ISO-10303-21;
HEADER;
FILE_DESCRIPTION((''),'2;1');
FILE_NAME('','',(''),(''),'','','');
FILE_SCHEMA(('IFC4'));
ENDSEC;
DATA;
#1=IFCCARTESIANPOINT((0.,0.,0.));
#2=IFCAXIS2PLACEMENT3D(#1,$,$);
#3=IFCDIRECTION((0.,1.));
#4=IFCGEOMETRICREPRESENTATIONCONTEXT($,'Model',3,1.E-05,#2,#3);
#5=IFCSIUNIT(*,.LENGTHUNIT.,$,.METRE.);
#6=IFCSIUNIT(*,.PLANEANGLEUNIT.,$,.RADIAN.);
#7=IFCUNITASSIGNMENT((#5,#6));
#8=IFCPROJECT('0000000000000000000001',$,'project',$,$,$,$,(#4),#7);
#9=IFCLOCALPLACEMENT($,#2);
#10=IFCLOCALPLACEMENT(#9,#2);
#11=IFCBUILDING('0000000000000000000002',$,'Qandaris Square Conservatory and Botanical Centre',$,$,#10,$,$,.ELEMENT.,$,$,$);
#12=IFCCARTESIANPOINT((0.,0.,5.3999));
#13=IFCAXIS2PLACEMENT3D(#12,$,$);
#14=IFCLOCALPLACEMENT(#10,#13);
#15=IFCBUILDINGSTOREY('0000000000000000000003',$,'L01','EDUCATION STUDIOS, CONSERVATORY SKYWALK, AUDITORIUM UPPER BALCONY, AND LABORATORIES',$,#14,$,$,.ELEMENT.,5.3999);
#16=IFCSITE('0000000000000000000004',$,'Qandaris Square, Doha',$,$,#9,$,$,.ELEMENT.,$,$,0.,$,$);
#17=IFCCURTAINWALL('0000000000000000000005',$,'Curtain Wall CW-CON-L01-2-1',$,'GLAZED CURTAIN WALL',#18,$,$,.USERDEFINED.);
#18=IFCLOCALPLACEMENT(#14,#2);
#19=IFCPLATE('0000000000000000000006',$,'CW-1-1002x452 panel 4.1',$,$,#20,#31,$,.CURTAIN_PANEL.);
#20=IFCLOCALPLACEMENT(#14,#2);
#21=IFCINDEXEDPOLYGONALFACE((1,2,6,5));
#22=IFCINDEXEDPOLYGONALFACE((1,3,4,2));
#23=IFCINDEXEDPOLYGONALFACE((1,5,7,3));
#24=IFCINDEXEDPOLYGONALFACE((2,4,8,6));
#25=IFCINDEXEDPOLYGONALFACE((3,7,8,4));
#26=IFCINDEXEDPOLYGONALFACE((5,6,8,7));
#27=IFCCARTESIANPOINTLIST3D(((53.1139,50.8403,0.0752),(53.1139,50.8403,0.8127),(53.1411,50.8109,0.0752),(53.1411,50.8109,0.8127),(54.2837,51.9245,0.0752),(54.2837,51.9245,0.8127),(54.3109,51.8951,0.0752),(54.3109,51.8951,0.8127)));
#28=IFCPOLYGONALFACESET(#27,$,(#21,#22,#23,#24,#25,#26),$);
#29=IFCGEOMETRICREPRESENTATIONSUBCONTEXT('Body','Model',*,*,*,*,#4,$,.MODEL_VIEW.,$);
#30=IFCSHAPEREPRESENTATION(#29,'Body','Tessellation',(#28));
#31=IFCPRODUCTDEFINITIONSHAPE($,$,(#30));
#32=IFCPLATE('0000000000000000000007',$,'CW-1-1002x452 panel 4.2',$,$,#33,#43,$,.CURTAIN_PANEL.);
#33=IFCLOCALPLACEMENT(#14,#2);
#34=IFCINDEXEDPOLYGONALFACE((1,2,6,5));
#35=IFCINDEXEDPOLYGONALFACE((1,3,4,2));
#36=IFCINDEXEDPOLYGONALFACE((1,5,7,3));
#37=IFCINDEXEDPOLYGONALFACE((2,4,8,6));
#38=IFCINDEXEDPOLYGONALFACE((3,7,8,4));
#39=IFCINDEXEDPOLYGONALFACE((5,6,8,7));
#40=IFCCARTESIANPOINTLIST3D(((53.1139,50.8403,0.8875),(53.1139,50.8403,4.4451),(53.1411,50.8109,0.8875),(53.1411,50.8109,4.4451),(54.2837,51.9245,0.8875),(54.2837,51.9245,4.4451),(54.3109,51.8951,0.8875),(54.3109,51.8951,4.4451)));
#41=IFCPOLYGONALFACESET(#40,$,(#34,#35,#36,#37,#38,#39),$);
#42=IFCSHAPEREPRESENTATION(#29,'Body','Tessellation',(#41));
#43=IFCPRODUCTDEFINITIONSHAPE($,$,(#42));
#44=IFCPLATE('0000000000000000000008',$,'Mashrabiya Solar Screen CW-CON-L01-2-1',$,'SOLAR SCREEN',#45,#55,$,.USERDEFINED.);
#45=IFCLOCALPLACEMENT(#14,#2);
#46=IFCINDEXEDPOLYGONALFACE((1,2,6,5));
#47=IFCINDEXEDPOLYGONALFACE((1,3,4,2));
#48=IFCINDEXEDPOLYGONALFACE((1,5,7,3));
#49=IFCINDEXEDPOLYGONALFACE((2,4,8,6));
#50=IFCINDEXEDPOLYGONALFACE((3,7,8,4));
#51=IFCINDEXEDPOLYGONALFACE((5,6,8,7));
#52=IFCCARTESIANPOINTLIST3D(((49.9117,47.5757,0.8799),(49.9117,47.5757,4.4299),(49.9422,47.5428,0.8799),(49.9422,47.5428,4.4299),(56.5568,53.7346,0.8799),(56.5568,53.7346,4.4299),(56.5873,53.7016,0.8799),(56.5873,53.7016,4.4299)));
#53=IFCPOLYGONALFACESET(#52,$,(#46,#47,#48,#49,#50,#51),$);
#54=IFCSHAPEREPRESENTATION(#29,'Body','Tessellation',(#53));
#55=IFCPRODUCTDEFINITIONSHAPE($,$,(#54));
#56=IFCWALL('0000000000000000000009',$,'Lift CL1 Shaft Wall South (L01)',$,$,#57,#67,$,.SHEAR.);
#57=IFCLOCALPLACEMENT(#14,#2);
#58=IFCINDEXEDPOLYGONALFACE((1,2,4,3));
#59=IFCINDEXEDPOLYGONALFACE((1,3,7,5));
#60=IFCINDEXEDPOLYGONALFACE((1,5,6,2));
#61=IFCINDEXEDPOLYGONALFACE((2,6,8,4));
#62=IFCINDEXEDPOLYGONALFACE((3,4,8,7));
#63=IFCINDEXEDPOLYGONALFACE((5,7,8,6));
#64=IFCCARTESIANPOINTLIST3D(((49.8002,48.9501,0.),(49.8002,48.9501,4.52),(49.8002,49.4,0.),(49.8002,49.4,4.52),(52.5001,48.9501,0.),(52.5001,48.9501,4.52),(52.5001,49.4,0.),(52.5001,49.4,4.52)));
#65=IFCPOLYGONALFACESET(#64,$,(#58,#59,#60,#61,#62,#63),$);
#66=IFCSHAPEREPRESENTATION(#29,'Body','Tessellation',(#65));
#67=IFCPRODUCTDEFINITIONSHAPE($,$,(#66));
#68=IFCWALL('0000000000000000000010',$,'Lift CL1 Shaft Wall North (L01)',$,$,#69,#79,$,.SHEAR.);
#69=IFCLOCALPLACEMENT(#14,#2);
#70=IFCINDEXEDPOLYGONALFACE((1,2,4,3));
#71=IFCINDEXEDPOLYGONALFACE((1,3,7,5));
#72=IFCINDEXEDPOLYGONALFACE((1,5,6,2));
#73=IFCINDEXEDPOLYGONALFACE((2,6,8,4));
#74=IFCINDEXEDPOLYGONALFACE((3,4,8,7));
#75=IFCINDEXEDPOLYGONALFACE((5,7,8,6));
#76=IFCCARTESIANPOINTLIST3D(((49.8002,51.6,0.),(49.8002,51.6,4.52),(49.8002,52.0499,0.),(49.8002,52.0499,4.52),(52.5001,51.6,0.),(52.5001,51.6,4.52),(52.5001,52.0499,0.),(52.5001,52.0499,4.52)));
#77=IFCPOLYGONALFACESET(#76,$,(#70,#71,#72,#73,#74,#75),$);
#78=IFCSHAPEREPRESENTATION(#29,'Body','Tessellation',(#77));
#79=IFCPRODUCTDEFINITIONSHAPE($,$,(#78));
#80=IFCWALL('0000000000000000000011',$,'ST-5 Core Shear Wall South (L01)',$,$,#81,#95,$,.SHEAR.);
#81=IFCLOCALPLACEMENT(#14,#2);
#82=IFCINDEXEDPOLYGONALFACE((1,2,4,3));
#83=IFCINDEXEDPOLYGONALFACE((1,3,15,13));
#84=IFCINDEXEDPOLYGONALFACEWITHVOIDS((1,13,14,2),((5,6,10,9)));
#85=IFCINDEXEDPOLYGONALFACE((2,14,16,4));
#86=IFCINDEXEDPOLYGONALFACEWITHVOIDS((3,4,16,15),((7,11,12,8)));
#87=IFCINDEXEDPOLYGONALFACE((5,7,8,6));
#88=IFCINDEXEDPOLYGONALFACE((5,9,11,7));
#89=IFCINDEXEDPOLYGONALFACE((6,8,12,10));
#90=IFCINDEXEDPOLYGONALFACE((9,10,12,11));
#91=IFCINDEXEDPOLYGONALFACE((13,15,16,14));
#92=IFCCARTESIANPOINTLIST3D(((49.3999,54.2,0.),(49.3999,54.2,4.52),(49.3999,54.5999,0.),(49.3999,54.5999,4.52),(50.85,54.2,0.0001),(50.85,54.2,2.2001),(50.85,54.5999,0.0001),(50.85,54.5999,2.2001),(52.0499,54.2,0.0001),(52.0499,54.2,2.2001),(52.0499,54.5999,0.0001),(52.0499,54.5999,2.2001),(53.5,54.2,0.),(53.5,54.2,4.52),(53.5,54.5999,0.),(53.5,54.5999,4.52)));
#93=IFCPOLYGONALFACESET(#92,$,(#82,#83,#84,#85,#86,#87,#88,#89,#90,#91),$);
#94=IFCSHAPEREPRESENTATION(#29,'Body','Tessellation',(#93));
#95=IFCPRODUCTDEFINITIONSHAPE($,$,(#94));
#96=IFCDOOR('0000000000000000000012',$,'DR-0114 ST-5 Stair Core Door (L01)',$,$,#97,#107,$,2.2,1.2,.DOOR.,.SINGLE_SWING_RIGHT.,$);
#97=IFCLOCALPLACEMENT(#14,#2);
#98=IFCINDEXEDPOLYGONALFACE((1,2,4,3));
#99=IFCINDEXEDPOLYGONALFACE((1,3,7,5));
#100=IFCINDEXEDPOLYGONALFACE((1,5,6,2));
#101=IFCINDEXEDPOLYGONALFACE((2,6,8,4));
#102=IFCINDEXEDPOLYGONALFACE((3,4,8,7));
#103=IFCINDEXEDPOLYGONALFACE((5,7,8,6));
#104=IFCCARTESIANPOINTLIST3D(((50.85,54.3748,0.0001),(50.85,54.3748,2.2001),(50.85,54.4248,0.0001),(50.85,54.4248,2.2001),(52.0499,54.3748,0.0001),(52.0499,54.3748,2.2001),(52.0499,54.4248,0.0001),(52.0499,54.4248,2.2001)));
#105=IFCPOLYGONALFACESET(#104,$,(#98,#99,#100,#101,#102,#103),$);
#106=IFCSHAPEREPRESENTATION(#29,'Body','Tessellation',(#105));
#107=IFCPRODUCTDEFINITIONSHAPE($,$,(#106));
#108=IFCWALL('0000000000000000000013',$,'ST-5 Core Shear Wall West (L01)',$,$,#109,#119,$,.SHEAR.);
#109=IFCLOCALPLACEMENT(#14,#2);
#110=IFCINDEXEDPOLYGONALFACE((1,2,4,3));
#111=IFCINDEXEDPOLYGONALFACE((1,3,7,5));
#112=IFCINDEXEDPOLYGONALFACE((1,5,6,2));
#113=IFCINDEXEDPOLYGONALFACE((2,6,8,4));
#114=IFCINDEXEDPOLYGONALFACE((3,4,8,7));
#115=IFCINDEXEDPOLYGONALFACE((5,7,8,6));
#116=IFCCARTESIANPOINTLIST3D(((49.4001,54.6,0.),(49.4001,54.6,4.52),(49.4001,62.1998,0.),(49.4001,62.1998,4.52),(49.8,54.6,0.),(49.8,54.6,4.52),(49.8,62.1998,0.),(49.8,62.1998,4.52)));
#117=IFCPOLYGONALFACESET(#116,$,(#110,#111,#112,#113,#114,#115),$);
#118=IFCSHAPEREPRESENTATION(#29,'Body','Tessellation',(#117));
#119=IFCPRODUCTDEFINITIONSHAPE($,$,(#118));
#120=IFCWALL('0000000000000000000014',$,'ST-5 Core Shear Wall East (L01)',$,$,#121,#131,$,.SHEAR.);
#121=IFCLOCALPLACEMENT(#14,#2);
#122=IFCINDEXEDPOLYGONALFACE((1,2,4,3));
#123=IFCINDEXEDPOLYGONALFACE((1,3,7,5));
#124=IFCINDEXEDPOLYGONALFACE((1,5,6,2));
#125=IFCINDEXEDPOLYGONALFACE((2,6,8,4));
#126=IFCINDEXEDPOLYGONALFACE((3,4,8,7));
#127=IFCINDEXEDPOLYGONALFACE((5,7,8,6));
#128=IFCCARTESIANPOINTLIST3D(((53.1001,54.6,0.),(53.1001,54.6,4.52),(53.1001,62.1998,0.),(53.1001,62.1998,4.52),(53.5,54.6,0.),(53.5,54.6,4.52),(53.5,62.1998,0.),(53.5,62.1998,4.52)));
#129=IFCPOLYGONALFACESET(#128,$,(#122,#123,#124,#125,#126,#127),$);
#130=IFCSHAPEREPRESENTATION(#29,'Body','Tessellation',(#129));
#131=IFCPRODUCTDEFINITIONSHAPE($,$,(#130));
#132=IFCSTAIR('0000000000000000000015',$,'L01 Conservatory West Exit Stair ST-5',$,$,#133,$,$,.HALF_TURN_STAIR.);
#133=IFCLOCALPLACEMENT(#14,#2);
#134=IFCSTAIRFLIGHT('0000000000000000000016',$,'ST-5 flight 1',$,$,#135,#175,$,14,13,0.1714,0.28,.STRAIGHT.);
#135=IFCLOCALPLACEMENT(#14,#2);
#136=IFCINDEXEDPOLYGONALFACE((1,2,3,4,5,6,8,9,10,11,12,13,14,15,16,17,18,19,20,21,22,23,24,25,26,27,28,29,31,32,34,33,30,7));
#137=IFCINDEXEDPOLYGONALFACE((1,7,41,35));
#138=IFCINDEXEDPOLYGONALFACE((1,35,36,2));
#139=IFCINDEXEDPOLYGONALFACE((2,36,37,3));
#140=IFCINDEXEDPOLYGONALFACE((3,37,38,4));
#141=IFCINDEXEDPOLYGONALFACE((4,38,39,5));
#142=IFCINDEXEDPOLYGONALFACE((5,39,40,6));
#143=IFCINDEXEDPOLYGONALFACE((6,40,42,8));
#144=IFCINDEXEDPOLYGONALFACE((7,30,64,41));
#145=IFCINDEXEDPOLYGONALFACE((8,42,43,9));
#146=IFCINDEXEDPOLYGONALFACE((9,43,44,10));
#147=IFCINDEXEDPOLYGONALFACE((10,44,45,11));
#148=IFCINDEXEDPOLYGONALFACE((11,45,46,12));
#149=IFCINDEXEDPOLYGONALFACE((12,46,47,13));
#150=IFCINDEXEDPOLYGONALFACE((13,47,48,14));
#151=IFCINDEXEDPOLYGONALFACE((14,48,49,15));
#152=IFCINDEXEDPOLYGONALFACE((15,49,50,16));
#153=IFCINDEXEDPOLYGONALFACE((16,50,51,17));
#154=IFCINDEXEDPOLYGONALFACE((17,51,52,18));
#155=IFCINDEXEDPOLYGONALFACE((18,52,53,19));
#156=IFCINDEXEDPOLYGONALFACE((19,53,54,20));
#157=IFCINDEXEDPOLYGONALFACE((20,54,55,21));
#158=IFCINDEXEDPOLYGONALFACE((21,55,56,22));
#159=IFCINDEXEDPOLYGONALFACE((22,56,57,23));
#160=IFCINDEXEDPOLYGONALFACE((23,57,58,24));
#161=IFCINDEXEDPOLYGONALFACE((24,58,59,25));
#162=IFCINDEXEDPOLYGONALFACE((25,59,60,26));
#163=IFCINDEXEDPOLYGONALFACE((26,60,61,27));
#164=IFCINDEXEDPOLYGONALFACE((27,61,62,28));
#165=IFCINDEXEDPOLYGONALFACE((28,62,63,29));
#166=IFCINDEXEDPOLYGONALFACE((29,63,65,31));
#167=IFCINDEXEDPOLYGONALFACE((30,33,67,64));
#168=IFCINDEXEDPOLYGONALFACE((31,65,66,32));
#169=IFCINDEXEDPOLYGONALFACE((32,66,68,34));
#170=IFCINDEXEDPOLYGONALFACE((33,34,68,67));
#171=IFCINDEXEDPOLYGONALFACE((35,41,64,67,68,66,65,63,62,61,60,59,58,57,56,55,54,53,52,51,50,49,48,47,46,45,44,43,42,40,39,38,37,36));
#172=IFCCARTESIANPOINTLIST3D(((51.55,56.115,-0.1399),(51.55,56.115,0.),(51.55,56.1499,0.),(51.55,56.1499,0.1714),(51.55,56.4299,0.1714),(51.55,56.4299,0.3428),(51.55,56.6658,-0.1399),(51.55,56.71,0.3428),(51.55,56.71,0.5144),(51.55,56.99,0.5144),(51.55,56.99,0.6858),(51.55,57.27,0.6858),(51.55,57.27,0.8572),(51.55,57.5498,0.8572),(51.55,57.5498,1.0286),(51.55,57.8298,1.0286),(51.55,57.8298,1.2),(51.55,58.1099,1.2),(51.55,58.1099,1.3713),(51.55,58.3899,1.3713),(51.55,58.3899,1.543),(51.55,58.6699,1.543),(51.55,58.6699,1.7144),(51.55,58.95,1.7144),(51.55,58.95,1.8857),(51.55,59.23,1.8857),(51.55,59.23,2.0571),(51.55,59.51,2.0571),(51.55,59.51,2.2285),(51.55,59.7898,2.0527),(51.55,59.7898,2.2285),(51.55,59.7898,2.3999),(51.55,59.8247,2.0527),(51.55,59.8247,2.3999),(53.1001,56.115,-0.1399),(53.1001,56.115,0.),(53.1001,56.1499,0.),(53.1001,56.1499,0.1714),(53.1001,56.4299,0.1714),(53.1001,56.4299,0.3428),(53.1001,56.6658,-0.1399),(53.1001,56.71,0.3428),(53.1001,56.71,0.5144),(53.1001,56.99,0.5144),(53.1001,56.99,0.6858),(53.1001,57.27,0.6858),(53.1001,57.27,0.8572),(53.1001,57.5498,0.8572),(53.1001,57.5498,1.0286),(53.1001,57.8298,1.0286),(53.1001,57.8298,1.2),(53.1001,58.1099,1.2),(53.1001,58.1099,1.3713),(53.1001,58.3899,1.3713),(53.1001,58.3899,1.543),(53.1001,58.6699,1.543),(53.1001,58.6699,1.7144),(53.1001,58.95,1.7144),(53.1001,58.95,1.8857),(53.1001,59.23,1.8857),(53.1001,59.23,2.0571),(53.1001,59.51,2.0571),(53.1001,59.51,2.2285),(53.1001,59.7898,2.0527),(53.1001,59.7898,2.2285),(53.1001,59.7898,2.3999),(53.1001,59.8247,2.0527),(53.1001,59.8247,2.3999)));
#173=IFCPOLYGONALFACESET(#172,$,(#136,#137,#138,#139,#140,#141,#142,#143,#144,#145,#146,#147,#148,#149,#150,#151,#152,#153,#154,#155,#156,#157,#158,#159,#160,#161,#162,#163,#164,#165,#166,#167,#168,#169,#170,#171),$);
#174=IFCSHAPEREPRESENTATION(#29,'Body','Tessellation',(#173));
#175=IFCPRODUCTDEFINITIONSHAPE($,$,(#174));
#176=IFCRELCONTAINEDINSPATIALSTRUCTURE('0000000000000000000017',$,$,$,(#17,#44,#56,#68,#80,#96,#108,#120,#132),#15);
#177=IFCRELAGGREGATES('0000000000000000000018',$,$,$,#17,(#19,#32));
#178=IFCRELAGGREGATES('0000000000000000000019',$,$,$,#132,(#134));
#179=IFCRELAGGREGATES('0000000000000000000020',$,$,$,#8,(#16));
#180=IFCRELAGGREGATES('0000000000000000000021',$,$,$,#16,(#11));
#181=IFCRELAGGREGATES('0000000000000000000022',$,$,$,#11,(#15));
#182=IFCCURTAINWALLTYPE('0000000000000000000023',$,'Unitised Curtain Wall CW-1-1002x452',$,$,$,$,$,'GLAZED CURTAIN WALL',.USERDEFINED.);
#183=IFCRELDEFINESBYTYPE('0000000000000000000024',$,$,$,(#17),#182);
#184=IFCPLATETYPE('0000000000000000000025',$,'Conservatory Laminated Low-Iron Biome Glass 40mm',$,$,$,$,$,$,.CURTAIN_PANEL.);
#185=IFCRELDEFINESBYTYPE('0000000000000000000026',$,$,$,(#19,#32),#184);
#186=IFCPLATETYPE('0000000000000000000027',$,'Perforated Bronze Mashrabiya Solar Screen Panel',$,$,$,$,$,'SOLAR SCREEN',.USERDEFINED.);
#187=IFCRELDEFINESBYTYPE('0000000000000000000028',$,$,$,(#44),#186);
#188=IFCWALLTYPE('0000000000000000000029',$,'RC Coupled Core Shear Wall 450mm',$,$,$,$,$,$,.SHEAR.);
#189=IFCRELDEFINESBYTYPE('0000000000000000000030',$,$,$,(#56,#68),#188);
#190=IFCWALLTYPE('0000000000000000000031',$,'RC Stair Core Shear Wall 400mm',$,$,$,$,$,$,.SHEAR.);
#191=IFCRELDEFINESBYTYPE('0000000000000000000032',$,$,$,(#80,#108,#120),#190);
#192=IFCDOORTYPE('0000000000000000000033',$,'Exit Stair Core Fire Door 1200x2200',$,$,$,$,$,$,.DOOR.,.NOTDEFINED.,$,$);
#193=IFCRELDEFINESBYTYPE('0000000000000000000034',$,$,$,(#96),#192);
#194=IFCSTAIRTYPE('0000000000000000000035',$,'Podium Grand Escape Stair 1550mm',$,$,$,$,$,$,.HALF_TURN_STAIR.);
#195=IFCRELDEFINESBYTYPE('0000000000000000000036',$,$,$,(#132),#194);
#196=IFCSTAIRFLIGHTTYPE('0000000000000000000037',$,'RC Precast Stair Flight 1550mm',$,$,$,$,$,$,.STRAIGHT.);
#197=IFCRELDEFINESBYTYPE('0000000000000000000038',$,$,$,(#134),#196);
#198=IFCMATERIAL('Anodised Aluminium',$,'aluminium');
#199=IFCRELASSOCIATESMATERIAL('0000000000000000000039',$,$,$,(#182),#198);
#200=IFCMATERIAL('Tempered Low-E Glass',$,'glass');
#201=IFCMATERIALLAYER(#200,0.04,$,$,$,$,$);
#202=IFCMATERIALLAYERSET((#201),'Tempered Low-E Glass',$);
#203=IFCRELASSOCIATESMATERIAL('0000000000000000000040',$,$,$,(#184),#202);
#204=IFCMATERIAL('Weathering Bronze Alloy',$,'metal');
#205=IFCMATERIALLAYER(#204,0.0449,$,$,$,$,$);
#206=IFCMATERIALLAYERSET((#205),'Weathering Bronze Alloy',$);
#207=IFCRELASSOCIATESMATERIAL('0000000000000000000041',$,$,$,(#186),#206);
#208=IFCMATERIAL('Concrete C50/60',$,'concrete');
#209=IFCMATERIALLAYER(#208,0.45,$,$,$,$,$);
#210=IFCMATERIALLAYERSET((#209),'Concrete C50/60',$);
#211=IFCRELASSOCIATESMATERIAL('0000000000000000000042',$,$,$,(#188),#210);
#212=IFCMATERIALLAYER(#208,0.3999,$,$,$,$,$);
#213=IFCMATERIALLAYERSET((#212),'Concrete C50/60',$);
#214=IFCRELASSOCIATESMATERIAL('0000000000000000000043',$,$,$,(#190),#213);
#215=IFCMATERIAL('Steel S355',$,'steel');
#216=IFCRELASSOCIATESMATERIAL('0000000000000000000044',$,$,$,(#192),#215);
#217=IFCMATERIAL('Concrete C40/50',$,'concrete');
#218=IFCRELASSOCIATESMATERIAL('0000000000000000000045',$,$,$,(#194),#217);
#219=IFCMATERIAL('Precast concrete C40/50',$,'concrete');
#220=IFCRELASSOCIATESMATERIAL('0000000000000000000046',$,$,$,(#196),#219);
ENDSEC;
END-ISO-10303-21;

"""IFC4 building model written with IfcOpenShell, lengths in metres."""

from ifc_helpers import new_model, si_unit, direction, frame, frame_2d, origin, origin_2d, place, context, subcontext, project, spatial, polyline, rectangle, outline, extrude, material, layer, layer_set, type_object, element, fill, aggregate, save


model = new_model("IFC4")

# Units and contexts
model_context = context("Model", 3, precision=1e-05, world=origin(), true_north=direction((0.0, 1.0)))
body_context = subcontext(model_context, "Body", "Model", "MODEL_VIEW")
ifc_project = project(units=[si_unit("LENGTHUNIT", "METRE"), si_unit("PLANEANGLEUNIT", "RADIAN")], contexts=[model_context])

# Site, building, storey
site_placement = place(None, origin())
site = spatial("IfcSite", under=ifc_project, at=site_placement, Name="Qandaris Square, Doha", CompositionType="ELEMENT", RefElevation=0.0)
building_placement = place(site_placement, origin())
building = spatial("IfcBuilding", under=site, at=building_placement, Name="Qandaris Square Conservatory and Botanical Centre", CompositionType="ELEMENT")
storey_placement = place(building_placement, frame((0.0, 0.0, 5.3999)))
storey = spatial("IfcBuildingStorey", under=building, at=storey_placement, Name="L01", Description="EDUCATION STUDIOS, CONSERVATORY SKYWALK, AUDITORIUM UPPER BALCONY, AND LABORATORIES", CompositionType="ELEMENT", Elevation=5.3999)

# Curtain wall, plates
ifc_material_1 = material(Name="Anodised Aluminium", Category="aluminium")
curtain_wall_type = type_object("IfcCurtainWallType", Name="Unitised Curtain Wall CW-1-1002x452", ElementType="GLAZED CURTAIN WALL", PredefinedType="USERDEFINED", material=ifc_material_1)
curtain_wall_placement = place(storey_placement, origin())
curtain_wall = element("IfcCurtainWall", 1, at=curtain_wall_placement, inside=storey, type_object=curtain_wall_type, Name="Curtain Wall CW-CON-L01-2-1", ObjectType="GLAZED CURTAIN WALL", PredefinedType="USERDEFINED")
ifc_material_2 = material(Name="Tempered Low-E Glass", Category="glass")
ifc_layer_1 = layer(ifc_material_2, 0.04)
ifc_layer_set_1 = layer_set([ifc_layer_1], Name="Tempered Low-E Glass")
plate_type_1 = type_object("IfcPlateType", Name="Conservatory Laminated Low-Iron Biome Glass 40mm", PredefinedType="CURTAIN_PANEL", material=ifc_layer_set_1)
plate_1_placement = place(storey_placement, frame((53.7124, 51.3677, 0.0752), z_axis=(0.0, 0.0, 1.0), x_axis=(0.733433, 0.679762, 0.0)))
plate_1 = element("IfcPlate", 2, at=plate_1_placement, type_object=plate_type_1, Name="CW-1-1002x452 panel 4.1", PredefinedType="CURTAIN_PANEL", context=body_context, shape_type="SweptSolid", body=[
    extrude(rectangle(XDim=1.595, YDim=0.04, at=origin_2d()), origin(), (0.0, 0.0, 1.0), 0.7375),
])
plate_2_placement = place(storey_placement, frame((53.7124, 51.3677, 0.8875), z_axis=(0.0, 0.0, 1.0), x_axis=(0.733433, 0.679762, 0.0)))
plate_2 = element("IfcPlate", 3, at=plate_2_placement, type_object=plate_type_1, Name="CW-1-1002x452 panel 4.2", PredefinedType="CURTAIN_PANEL", context=body_context, shape_type="SweptSolid", body=[
    extrude(rectangle(XDim=1.595, YDim=0.04, at=origin_2d()), origin(), (0.0, 0.0, 1.0), 3.5576),
])
aggregate(curtain_wall, [plate_1, plate_2])

# Plate
ifc_material_3 = material(Name="Weathering Bronze Alloy", Category="metal")
ifc_layer_2 = layer(ifc_material_3, 0.0449)
ifc_layer_set_2 = layer_set([ifc_layer_2], Name="Weathering Bronze Alloy")
plate_type_2 = type_object("IfcPlateType", Name="Perforated Bronze Mashrabiya Solar Screen Panel", ElementType="SOLAR SCREEN", PredefinedType="USERDEFINED", material=ifc_layer_set_2)
plate_3_placement = place(storey_placement, frame((53.2495, 50.6387, 0.8799), z_axis=(0.0, 0.0, 1.0), x_axis=(0.733433, 0.679762, 0.0)))
element("IfcPlate", 4, at=plate_3_placement, inside=storey, type_object=plate_type_2, Name="Mashrabiya Solar Screen CW-CON-L01-2-1", ObjectType="SOLAR SCREEN", PredefinedType="USERDEFINED", context=body_context, shape_type="SweptSolid", body=[
    extrude(rectangle(XDim=9.0603, YDim=0.0449, at=origin_2d()), origin(), (0.0, 0.0, 1.0), 3.55),
])

# Walls
ifc_material_4 = material(Name="Concrete C50/60", Category="concrete")
ifc_layer_3 = layer(ifc_material_4, 0.45)
ifc_layer_set_3 = layer_set([ifc_layer_3], Name="Concrete C50/60")
wall_type_1 = type_object("IfcWallType", Name="RC Coupled Core Shear Wall 450mm", PredefinedType="SHEAR", material=ifc_layer_set_3)
for number, where, z_axis, x_axis, name in (
    (5, (49.8, 49.175, 0.0), (0.0, 0.0, 1.0), (1.0, 0.0, 0.0), "Lift CL1 Shaft Wall South (L01)"),
    (6, (49.8, 51.825, 0.0), (0.0, 0.0, 1.0), (1.0, 0.0, 0.0), "Lift CL1 Shaft Wall North (L01)"),
):
    element("IfcWall", number, at=place(storey_placement, frame(where, z_axis=z_axis, x_axis=x_axis)), inside=storey, type_object=wall_type_1, Name=name, PredefinedType="SHEAR", context=body_context, shape_type="SweptSolid", body=[
        extrude(rectangle(XDim=2.7, YDim=0.45, at=frame_2d((1.3501, 0.0))), origin(), (0.0, 0.0, 1.0), 4.52),
    ])

# Wall, opening, door
ifc_layer_4 = layer(ifc_material_4, 0.3999)
ifc_layer_set_4 = layer_set([ifc_layer_4], Name="Concrete C50/60")
wall_type_2 = type_object("IfcWallType", Name="RC Stair Core Shear Wall 400mm", PredefinedType="SHEAR", material=ifc_layer_set_4)
wall_placement = place(storey_placement, frame((49.3999, 54.3999, 0.0), z_axis=(0.0, 0.0, 1.0), x_axis=(1.0, 0.0, 0.0)))
wall = element("IfcWall", 7, at=wall_placement, inside=storey, type_object=wall_type_2, Name="ST-5 Core Shear Wall South (L01)", PredefinedType="SHEAR", context=body_context, shape_type="SweptSolid", body=[
    extrude(rectangle(XDim=4.1001, YDim=0.3999, at=frame_2d((2.05, 0.0))), origin(), (0.0, 0.0, 1.0), 4.52),
])
opening_placement = place(wall_placement, frame((1.45, 0.0, 0.0)))
opening = element("IfcOpeningElement", 8, at=opening_placement, cuts=wall, PredefinedType="OPENING", context=body_context, shape_type="SweptSolid", body=[
    extrude(rectangle(XDim=1.2, YDim=2.2, at=frame_2d((0.6001, 1.1001))), frame((0.0, 0.2119, 0.0), z_axis=(0.0, -1.0, 0.0), x_axis=(1.0, 0.0, 0.0)), (0.0, 0.0, 1.0), 0.4238),
])
ifc_material_5 = material(Name="Steel S355", Category="steel")
door_type = type_object("IfcDoorType", Name="Exit Stair Core Fire Door 1200x2200", OperationType="NOTDEFINED", PredefinedType="DOOR", material=ifc_material_5)
door_placement = place(opening_placement, origin())
door = element("IfcDoor", 9, at=door_placement, inside=storey, type_object=door_type, Name="DR-0114 ST-5 Stair Core Door (L01)", OperationType="SINGLE_SWING_RIGHT", OverallHeight=2.2, OverallWidth=1.2, PredefinedType="DOOR", context=body_context, shape_type="SweptSolid", body=[
    extrude(rectangle(XDim=1.2, YDim=2.2, at=frame_2d((0.6001, 1.1001))), frame((0.0, 0.0249, 0.0), z_axis=(0.0, -1.0, 0.0), x_axis=(1.0, 0.0, 0.0)), (0.0, 0.0, 1.0), 0.05),
])
fill(opening, door)

# Walls
for number, where, z_axis, x_axis, name in (
    (10, (49.6001, 54.6001, 0.0), (0.0, 0.0, 1.0), (0.0, 1.0, 0.0), "ST-5 Core Shear Wall West (L01)"),
    (11, (53.3, 54.6001, 0.0), (0.0, 0.0, 1.0), (0.0, 1.0, 0.0), "ST-5 Core Shear Wall East (L01)"),
):
    element("IfcWall", number, at=place(storey_placement, frame(where, z_axis=z_axis, x_axis=x_axis)), inside=storey, type_object=wall_type_2, Name=name, PredefinedType="SHEAR", context=body_context, shape_type="SweptSolid", body=[
        extrude(rectangle(XDim=7.5999, YDim=0.3999, at=frame_2d((3.7998, 0.0))), origin(), (0.0, 0.0, 1.0), 4.52),
    ])

# Stair, stair flight
ifc_material_6 = material(Name="Concrete C40/50", Category="concrete")
stair_type = type_object("IfcStairType", Name="Podium Grand Escape Stair 1550mm", PredefinedType="HALF_TURN_STAIR", material=ifc_material_6)
stair_placement = place(storey_placement, origin())
stair = element("IfcStair", 12, at=stair_placement, inside=storey, type_object=stair_type, Name="L01 Conservatory West Exit Stair ST-5", PredefinedType="HALF_TURN_STAIR")
ifc_material_7 = material(Name="Precast concrete C40/50", Category="concrete")
stair_flight_type = type_object("IfcStairFlightType", Name="RC Precast Stair Flight 1550mm", PredefinedType="STRAIGHT", material=ifc_material_7)
stair_flight_placement = place(storey_placement, frame((52.325, 56.1499, 0.0), z_axis=(0.0, 0.0, 1.0), x_axis=(0.0, 1.0, 0.0)))
stair_flight = element("IfcStairFlight", 13, at=stair_flight_placement, type_object=stair_flight_type, Name="ST-5 flight 1", NumberOfRisers=14, NumberOfTreads=13, PredefinedType="STRAIGHT", RiserHeight=0.1714, TreadLength=0.28, context=body_context, shape_type="SweptSolid", body=[
    extrude(outline(polyline([(-0.0349, 0.0), (0.0, 0.0), (0.0, 0.1714), (0.28, 0.1714), (0.28, 0.3428), (0.5601, 0.3428), (0.5601, 0.5144), (0.8401, 0.5144), (0.8401, 0.6858), (1.1201, 0.6858), (1.1201, 0.8572), (1.3999, 0.8572), (1.3999, 1.0286), (1.6799, 1.0286), (1.6799, 1.2), (1.96, 1.2), (1.96, 1.3713), (2.24, 1.3713), (2.24, 1.543), (2.52, 1.543), (2.52, 1.7144), (2.8, 1.7144), (2.8, 1.8857), (3.0801, 1.8857), (3.0801, 2.0571), (3.3601, 2.0571), (3.3601, 2.2285), (3.6399, 2.2285), (3.6399, 2.3999), (3.6748, 2.3999), (3.6748, 2.0527), (3.6399, 2.0527), (0.5159, -0.1399), (-0.0349, -0.1399), (-0.0349, 0.0)])), frame((0.0, 0.7749, 0.0), z_axis=(0.0, -1.0, 0.0), x_axis=(1.0, 0.0, 0.0)), (0.0, 0.0, 1.0), 1.55),
])
aggregate(stair, [stair_flight])

save(model, "model.ifc")
